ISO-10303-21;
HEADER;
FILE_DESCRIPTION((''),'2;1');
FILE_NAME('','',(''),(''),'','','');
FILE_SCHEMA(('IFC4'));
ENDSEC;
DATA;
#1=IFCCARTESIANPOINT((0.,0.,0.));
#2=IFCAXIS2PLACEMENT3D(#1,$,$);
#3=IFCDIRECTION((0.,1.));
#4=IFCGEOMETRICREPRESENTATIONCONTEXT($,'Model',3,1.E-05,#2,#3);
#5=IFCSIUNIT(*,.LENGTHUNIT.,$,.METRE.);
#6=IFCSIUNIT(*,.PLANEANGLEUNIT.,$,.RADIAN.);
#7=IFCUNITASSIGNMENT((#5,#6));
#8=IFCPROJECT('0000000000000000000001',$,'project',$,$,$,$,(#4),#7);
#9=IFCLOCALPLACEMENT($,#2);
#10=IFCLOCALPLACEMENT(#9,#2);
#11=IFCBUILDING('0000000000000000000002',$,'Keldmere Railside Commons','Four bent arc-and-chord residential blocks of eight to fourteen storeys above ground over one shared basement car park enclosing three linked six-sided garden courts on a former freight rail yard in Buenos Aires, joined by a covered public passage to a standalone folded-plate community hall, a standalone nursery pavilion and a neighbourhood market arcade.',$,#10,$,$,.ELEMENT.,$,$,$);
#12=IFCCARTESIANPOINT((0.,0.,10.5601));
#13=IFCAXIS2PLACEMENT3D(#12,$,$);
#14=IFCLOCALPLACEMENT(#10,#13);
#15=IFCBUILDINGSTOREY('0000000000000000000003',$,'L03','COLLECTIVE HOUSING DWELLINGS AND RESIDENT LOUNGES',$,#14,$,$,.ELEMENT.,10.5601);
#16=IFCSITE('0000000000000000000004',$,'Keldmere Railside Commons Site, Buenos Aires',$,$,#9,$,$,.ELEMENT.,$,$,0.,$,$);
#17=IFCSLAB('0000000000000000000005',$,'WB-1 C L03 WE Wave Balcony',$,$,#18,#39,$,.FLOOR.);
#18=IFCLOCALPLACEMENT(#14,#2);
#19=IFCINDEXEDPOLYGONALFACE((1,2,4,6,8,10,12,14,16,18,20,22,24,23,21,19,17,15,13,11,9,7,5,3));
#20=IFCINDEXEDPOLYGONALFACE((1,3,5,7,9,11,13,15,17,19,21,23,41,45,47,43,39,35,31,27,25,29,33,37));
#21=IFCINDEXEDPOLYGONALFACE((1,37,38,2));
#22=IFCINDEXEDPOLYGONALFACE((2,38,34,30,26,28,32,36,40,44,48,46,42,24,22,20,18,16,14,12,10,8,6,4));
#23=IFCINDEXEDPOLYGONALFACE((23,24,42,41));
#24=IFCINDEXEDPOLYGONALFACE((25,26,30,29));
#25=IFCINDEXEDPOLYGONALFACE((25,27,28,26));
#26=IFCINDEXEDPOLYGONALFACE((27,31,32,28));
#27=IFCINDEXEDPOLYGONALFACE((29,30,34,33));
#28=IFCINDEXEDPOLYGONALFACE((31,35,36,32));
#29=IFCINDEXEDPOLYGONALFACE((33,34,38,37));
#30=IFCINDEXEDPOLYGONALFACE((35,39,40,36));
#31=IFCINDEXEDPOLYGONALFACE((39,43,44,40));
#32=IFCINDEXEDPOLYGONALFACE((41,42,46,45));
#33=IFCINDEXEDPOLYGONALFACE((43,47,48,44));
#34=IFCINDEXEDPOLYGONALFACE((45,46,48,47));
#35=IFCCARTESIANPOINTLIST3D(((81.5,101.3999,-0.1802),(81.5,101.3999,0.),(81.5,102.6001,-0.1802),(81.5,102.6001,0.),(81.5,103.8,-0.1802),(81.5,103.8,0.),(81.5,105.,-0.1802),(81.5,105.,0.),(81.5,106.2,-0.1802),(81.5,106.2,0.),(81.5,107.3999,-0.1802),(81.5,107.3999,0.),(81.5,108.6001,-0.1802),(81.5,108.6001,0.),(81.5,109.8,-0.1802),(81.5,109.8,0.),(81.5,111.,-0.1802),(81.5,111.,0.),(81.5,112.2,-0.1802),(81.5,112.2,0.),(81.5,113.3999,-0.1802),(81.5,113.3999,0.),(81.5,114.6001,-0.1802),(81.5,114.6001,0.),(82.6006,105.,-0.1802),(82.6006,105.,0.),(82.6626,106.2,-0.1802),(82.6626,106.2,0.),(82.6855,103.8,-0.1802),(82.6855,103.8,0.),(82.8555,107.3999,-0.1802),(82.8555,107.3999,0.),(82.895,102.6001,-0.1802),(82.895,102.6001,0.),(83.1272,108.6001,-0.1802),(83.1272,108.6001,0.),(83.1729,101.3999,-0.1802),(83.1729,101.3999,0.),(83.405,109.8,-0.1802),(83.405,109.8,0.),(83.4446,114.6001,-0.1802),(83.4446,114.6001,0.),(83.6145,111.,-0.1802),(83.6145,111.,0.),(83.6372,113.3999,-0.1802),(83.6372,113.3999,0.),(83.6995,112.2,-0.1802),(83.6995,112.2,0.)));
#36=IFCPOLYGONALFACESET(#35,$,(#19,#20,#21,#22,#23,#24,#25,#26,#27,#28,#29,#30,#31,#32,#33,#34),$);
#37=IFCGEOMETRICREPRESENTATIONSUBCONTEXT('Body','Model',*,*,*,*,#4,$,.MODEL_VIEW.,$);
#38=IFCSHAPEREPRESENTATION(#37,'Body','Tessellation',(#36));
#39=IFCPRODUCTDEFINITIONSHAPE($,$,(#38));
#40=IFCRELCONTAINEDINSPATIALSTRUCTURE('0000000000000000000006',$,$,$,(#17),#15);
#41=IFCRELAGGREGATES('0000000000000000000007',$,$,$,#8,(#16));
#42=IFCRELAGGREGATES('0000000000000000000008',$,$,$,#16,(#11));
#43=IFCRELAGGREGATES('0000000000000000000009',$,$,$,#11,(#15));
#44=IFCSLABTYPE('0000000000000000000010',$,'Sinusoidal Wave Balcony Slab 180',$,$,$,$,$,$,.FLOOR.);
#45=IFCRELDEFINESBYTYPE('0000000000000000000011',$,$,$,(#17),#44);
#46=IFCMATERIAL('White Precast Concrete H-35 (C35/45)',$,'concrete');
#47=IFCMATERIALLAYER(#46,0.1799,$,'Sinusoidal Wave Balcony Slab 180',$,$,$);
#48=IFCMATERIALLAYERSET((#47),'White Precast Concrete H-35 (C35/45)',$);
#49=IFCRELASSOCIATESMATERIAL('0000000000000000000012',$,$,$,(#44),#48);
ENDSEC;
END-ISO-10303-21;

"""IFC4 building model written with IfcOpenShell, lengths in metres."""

from ifc_helpers import new_model, si_unit, direction, frame, origin, place, context, subcontext, project, spatial, polyline, outline, extrude, material, layer, layer_set, type_object, element, save


model = new_model("IFC4")

# Units and contexts
model_context = context("Model", 3, precision=1e-05, world=origin(), true_north=direction((0.0, 1.0)))
body_context = subcontext(model_context, "Body", "Model", "MODEL_VIEW")
ifc_project = project(units=[si_unit("LENGTHUNIT", "METRE"), si_unit("PLANEANGLEUNIT", "RADIAN")], contexts=[model_context])

# Site, building, storey
site_placement = place(None, origin())
site = spatial("IfcSite", under=ifc_project, at=site_placement, Name="Keldmere Railside Commons Site, Buenos Aires", CompositionType="ELEMENT", RefElevation=0.0)
building_placement = place(site_placement, origin())
building = spatial("IfcBuilding", under=site, at=building_placement, Name="Keldmere Railside Commons", Description="Four bent arc-and-chord residential blocks of eight to fourteen storeys above ground over one shared basement car park enclosing three linked six-sided garden courts on a former freight rail yard in Buenos Aires, joined by a covered public passage to a standalone folded-plate community hall, a standalone nursery pavilion and a neighbourhood market arcade.", CompositionType="ELEMENT")
storey_placement = place(building_placement, frame((0.0, 0.0, 10.5601)))
storey = spatial("IfcBuildingStorey", under=building, at=storey_placement, Name="L03", Description="COLLECTIVE HOUSING DWELLINGS AND RESIDENT LOUNGES", CompositionType="ELEMENT", Elevation=10.5601)

# Slab
ifc_material_1 = material(Name="White Precast Concrete H-35 (C35/45)", Category="concrete")
ifc_layer_1 = layer(ifc_material_1, 0.1799, Name="Sinusoidal Wave Balcony Slab 180")
ifc_layer_set_1 = layer_set([ifc_layer_1], Name="White Precast Concrete H-35 (C35/45)")
slab_type_1 = type_object("IfcSlabType", Name="Sinusoidal Wave Balcony Slab 180", PredefinedType="FLOOR", material=ifc_layer_set_1)
slab_1_placement = place(storey_placement, frame((0.0, 0.0, -0.1802)))
element("IfcSlab", 1, at=slab_1_placement, inside=storey, type_object=slab_type_1, Name="WB-1 C L03 WE Wave Balcony", PredefinedType="FLOOR", context=body_context, shape_type="SweptSolid", body=[
    extrude(outline(polyline([(83.1729, 101.3999), (82.895, 102.6001), (82.6855, 103.8), (82.6006, 105.0), (82.6626, 106.2), (82.8555, 107.3999), (83.1272, 108.6001), (83.405, 109.8), (83.6145, 111.0), (83.6995, 112.2), (83.6372, 113.3999), (83.4446, 114.6001), (81.5, 114.6001), (81.5, 113.3999), (81.5, 112.2), (81.5, 111.0), (81.5, 109.8), (81.5, 108.6001), (81.5, 107.3999), (81.5, 106.2), (81.5, 105.0), (81.5, 103.8), (81.5, 102.6001), (81.5, 101.3999), (83.1729, 101.3999)])), origin(), (0.0, 0.0, 1.0), 0.1802),
])

save(model, "model.ifc")
